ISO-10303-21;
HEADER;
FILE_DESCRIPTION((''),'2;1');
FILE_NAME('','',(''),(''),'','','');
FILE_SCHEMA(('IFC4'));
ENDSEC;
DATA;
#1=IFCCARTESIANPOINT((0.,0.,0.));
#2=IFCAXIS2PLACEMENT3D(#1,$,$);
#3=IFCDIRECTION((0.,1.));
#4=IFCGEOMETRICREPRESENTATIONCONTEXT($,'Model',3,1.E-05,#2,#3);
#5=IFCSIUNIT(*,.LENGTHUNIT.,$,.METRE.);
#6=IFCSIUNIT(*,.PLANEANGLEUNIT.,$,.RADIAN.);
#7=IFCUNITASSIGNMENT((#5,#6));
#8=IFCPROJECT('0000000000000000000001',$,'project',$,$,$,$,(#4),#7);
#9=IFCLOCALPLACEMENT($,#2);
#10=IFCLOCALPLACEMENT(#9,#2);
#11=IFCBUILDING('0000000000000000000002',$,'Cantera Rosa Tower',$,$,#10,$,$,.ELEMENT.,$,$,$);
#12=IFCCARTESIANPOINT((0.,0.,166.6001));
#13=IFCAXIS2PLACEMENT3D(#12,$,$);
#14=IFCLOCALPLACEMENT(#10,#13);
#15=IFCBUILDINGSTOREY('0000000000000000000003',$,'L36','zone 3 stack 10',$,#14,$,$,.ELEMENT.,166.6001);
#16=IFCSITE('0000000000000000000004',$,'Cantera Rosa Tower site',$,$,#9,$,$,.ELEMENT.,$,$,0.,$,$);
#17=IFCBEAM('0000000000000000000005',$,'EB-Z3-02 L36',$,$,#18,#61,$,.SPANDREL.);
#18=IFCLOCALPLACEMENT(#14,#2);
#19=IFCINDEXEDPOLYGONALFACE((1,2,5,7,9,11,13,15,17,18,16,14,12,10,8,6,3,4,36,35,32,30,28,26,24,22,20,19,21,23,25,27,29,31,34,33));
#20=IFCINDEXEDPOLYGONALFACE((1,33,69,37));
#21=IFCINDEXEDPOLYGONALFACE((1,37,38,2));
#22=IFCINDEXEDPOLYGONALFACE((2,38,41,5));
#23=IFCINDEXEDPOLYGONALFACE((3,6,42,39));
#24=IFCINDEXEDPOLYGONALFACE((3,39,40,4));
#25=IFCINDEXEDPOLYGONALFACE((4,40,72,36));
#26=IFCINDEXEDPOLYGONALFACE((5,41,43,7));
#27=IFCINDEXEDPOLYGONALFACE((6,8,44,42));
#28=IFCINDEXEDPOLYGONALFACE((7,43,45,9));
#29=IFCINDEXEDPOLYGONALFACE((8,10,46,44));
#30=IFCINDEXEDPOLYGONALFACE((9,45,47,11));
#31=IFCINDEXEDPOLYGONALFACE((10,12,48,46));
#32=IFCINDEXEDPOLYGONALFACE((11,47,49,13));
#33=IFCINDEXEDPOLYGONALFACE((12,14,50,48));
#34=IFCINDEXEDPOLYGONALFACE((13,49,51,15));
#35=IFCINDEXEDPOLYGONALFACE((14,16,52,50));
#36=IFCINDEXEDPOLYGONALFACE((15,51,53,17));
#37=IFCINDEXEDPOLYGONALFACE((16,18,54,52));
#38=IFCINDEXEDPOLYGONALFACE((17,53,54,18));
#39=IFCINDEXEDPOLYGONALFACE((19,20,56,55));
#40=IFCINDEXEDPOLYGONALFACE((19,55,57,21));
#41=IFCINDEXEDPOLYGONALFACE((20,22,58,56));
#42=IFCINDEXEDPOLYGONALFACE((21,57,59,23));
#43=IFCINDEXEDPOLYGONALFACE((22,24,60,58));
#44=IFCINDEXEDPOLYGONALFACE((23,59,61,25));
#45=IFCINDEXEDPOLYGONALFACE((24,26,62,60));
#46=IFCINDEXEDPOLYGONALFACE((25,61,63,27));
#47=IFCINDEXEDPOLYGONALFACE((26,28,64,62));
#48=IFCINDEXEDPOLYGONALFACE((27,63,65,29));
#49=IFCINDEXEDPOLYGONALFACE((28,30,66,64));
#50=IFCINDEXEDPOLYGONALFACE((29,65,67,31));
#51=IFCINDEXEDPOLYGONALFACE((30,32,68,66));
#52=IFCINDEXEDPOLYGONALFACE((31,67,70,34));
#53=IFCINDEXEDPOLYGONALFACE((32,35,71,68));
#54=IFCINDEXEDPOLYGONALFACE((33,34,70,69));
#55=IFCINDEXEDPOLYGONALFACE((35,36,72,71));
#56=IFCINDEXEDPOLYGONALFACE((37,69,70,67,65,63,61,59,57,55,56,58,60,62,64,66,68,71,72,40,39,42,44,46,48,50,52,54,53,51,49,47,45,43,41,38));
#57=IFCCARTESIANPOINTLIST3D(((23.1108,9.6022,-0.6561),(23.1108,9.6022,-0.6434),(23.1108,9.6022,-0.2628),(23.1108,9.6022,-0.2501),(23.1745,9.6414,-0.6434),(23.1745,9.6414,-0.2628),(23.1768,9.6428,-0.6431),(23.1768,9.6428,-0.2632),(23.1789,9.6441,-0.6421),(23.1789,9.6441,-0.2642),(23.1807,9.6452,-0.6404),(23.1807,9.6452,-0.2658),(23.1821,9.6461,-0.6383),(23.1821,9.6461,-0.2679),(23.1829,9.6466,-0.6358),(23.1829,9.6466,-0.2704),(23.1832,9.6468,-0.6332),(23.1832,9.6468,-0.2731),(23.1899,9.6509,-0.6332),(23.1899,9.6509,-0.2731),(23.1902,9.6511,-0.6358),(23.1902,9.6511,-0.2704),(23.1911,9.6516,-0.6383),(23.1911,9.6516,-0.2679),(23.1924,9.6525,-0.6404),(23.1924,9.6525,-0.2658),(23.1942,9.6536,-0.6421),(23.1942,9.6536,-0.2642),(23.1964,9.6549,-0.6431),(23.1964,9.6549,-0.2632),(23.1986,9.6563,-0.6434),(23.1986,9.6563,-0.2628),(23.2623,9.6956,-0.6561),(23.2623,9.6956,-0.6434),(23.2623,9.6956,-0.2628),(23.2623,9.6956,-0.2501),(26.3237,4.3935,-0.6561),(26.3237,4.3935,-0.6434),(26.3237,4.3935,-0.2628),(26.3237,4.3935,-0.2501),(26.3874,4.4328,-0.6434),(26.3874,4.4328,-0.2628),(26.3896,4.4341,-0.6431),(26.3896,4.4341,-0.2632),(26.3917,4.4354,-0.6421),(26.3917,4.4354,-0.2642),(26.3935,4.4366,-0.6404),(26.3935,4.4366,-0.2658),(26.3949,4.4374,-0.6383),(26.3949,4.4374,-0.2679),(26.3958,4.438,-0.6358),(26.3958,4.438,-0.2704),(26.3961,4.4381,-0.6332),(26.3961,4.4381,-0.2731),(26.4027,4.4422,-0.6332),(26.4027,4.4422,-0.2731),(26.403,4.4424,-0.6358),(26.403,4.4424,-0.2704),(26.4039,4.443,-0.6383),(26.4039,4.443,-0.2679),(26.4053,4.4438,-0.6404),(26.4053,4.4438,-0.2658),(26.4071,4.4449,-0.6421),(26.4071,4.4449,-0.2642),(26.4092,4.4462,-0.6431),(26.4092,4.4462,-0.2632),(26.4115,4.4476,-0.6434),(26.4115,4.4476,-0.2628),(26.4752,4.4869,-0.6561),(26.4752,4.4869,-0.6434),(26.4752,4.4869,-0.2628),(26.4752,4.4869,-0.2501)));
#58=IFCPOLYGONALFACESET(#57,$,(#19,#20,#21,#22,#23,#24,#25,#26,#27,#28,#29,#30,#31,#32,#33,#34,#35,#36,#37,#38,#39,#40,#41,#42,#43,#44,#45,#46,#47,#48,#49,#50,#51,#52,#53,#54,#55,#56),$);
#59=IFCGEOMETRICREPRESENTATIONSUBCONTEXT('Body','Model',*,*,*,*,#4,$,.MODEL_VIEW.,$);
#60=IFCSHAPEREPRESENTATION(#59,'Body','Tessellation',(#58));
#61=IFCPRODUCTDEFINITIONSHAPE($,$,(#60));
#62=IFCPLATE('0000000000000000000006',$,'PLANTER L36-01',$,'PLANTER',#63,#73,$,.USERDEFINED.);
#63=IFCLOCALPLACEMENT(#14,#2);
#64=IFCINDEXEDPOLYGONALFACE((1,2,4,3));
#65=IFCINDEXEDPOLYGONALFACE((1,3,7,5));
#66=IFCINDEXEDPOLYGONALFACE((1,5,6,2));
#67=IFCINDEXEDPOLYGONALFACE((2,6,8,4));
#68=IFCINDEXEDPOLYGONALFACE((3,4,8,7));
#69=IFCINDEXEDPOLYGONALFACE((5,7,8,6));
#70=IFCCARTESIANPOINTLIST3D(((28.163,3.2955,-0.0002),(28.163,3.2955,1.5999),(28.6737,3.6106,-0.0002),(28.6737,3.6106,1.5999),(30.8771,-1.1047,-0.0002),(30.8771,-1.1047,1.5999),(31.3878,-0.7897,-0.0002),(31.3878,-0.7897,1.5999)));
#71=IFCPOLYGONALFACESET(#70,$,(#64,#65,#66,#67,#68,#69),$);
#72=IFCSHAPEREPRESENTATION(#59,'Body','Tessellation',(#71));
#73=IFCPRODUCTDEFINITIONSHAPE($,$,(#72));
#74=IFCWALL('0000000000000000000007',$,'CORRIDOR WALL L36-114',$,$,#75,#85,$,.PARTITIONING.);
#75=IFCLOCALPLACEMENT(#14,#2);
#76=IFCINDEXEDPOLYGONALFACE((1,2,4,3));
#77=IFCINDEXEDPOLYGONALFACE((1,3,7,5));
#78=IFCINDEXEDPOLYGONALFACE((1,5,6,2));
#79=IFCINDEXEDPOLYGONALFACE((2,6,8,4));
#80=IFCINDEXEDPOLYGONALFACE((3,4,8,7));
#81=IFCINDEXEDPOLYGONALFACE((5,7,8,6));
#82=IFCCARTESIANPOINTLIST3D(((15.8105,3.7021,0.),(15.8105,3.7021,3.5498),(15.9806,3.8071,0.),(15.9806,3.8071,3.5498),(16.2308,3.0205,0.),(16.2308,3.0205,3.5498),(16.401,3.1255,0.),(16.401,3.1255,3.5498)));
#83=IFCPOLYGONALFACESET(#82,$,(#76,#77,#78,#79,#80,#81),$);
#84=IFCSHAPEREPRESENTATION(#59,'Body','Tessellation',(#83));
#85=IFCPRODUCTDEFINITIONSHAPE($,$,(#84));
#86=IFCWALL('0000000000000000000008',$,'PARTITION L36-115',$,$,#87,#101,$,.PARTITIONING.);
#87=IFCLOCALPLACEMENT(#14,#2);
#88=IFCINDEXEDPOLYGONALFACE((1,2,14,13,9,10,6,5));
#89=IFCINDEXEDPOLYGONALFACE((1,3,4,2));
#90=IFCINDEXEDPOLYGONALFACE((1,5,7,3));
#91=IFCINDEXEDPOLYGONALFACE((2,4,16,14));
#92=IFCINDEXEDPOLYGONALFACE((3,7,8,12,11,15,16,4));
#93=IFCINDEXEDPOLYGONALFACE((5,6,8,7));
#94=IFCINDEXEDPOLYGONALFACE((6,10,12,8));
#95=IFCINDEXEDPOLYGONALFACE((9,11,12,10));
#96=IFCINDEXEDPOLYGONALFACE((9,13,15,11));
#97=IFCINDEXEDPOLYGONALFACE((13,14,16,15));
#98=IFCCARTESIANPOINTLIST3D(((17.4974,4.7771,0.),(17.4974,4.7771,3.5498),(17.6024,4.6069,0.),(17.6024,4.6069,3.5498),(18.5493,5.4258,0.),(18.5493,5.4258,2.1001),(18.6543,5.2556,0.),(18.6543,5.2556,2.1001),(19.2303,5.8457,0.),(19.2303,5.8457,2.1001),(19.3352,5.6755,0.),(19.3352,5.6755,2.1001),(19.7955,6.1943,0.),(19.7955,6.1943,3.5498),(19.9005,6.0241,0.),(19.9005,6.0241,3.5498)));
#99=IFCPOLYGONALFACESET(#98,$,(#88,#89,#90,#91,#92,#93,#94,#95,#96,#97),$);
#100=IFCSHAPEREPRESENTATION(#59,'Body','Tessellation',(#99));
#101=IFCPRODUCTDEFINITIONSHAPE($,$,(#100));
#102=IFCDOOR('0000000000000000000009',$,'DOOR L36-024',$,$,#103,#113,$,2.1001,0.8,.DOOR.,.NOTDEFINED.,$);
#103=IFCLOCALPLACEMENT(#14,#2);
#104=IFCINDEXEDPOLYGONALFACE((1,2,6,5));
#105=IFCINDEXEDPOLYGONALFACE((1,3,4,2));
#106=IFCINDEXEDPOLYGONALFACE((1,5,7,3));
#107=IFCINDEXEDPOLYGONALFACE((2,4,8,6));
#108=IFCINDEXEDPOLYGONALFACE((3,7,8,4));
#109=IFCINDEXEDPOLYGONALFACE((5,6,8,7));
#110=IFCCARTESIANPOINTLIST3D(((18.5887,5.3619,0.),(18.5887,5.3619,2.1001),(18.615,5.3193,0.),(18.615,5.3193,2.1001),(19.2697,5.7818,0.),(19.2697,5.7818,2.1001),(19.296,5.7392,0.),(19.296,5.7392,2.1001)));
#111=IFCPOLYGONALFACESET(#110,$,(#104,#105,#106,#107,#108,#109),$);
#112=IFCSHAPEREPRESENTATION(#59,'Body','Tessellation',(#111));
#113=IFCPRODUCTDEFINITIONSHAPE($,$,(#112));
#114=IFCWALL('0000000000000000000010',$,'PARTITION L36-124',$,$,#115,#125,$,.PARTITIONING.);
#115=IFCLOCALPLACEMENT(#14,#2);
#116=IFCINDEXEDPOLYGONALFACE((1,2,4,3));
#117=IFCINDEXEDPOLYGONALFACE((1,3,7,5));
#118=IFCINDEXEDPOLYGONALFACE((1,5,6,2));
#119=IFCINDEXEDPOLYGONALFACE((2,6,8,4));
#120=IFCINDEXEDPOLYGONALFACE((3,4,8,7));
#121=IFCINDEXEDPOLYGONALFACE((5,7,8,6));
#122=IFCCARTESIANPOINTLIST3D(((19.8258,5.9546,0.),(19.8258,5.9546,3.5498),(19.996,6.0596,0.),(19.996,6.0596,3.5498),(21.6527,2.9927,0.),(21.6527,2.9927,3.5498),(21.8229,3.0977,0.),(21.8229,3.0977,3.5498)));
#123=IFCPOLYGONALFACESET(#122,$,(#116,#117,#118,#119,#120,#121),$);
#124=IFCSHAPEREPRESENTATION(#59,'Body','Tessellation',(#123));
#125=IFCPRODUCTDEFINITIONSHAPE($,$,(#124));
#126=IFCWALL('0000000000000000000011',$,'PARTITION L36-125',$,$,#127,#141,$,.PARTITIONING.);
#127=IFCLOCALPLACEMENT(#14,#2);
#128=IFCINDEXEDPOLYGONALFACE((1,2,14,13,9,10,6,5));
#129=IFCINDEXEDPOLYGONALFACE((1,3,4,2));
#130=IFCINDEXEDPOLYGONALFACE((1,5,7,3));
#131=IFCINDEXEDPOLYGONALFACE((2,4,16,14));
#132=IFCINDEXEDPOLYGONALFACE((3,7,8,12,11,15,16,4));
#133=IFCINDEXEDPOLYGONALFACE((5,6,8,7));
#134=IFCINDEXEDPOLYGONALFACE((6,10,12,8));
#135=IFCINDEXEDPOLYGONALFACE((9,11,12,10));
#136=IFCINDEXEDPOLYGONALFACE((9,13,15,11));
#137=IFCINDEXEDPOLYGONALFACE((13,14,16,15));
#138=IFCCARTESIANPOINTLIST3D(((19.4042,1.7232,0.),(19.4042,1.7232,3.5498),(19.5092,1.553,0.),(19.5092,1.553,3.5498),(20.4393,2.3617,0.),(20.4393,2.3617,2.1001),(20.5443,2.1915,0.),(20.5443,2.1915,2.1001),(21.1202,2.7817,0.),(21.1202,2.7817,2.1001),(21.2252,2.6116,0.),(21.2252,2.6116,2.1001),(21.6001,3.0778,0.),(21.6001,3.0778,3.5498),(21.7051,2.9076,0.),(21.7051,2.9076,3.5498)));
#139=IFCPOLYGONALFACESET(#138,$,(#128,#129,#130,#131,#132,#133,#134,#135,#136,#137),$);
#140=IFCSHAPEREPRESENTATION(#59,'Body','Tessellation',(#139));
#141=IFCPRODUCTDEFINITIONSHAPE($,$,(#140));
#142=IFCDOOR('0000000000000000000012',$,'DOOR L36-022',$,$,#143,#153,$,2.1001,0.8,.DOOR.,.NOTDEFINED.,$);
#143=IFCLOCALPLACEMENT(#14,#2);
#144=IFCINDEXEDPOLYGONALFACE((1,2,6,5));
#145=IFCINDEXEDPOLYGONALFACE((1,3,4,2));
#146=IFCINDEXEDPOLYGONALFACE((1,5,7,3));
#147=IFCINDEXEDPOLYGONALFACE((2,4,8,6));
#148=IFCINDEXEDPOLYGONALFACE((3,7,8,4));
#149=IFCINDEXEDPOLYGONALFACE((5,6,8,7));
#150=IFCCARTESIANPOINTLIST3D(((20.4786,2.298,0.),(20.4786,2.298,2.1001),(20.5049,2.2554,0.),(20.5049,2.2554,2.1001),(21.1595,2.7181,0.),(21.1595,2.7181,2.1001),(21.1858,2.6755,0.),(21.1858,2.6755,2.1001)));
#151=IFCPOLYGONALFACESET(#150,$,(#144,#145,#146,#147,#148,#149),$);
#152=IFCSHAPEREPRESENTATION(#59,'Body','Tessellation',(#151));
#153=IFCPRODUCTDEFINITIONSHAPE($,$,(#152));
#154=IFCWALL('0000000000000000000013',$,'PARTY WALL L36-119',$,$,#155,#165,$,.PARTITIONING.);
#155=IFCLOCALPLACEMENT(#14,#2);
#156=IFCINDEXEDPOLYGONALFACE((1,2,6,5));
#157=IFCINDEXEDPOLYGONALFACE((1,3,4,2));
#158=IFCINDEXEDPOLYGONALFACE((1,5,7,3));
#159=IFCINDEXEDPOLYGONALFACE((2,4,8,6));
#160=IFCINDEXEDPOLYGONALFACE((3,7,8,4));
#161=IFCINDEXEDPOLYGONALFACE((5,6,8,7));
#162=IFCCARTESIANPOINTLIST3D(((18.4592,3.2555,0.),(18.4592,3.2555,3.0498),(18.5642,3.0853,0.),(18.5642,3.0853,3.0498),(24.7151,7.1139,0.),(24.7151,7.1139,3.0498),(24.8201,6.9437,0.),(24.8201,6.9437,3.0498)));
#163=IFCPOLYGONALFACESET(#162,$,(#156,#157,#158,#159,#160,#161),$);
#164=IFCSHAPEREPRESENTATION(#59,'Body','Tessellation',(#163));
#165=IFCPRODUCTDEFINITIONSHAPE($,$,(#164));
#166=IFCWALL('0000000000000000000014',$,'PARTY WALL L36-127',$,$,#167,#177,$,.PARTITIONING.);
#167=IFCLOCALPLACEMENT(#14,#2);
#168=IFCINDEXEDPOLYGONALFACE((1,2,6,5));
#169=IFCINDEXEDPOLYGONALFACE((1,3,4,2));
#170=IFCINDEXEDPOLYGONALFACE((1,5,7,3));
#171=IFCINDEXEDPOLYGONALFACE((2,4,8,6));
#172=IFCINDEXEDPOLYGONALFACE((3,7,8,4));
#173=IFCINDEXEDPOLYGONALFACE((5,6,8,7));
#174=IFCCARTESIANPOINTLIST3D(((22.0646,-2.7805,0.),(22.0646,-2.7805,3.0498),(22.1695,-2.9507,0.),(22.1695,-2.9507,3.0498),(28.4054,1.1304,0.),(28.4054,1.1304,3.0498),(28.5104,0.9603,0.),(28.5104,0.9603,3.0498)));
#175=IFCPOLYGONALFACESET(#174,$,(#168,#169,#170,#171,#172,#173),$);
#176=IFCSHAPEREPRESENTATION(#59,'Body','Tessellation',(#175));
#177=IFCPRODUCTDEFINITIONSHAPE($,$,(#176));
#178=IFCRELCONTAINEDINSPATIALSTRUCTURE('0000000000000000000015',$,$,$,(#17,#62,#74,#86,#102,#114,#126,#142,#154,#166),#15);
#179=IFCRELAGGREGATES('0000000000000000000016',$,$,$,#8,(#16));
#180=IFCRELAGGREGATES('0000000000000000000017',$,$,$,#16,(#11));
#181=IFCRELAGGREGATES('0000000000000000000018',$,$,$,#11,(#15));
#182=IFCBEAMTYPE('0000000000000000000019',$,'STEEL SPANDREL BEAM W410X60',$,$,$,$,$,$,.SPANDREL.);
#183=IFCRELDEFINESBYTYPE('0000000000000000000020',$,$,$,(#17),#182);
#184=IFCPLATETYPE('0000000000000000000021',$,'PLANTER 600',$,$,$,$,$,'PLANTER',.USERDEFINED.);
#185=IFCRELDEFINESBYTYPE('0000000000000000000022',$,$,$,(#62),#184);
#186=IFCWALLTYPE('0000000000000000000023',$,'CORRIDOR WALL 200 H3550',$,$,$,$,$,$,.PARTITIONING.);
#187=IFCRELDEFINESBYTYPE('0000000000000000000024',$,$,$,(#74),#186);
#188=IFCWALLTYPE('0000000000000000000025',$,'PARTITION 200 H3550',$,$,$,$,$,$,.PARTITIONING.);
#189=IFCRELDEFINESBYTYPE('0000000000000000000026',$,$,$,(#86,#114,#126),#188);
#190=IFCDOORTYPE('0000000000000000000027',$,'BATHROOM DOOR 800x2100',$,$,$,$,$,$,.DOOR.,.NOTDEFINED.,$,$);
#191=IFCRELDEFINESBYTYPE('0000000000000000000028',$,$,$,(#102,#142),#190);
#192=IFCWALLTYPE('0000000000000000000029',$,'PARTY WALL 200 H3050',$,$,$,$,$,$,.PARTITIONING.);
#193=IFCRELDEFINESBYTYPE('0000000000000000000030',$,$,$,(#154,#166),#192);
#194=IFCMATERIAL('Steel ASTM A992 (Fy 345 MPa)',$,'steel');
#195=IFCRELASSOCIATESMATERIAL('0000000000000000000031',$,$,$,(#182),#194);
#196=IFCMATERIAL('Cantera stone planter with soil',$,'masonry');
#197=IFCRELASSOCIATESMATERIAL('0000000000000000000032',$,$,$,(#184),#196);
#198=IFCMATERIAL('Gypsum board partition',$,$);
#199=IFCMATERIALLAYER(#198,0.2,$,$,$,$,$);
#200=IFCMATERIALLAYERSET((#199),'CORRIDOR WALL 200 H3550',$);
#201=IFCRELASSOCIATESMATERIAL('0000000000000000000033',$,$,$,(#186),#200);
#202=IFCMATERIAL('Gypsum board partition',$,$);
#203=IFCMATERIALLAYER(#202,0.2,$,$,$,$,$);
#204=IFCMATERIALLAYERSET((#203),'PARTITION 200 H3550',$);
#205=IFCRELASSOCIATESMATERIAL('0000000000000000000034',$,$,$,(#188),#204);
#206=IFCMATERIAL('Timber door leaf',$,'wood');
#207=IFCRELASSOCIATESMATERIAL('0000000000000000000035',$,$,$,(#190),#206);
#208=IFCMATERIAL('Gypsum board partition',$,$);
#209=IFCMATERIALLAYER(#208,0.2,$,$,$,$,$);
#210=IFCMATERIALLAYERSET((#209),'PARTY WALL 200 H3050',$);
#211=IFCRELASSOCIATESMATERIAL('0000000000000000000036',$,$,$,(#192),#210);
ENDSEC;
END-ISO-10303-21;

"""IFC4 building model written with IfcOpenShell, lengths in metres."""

from ifc_helpers import new_model, si_unit, direction, frame, frame_2d, origin, origin_2d, place, context, subcontext, project, spatial, rectangle, i_section, extrude, material, layer, layer_set, material_profile, profile_set, type_object, element, fill, save


model = new_model("IFC4")

# Units and contexts
model_context = context("Model", 3, precision=1e-05, world=origin(), true_north=direction((0.0, 1.0)))
body_context = subcontext(model_context, "Body", "Model", "MODEL_VIEW")
ifc_project = project(units=[si_unit("LENGTHUNIT", "METRE"), si_unit("PLANEANGLEUNIT", "RADIAN")], contexts=[model_context])

# Site, building, storey
site_placement = place(None, origin())
site = spatial("IfcSite", under=ifc_project, at=site_placement, Name="Cantera Rosa Tower site", CompositionType="ELEMENT", RefElevation=0.0)
building_placement = place(site_placement, origin())
building = spatial("IfcBuilding", under=site, at=building_placement, Name="Cantera Rosa Tower", CompositionType="ELEMENT")
storey_placement = place(building_placement, frame((0.0, 0.0, 166.6001)))
storey = spatial("IfcBuildingStorey", under=building, at=storey_placement, Name="L36", Description="zone 3 stack 10", CompositionType="ELEMENT", Elevation=166.6001)

# Beam
ifc_material_1 = material(Name="Steel ASTM A992 (Fy 345 MPa)", Category="steel")
ifc_material_profile_1 = material_profile(ifc_material_1, i_section(OverallWidth=0.178, OverallDepth=0.406, WebThickness=0.0078, FlangeThickness=0.0127, FilletRadius=0.0103, at=origin_2d()), Name="W410X60")
ifc_profile_set_1 = profile_set([ifc_material_profile_1], Name="Steel ASTM A992 (Fy 345 MPa)")
beam_type_1 = type_object("IfcBeamType", Name="STEEL SPANDREL BEAM W410X60", PredefinedType="SPANDREL", material=ifc_profile_set_1)
beam_1_placement = place(storey_placement, frame((26.3994, 4.4402, -0.4531), z_axis=(-0.524987, 0.85111, 0.0), x_axis=(-0.85111, -0.524987, 0.0)))
element("IfcBeam", 1, at=beam_1_placement, inside=storey, type_object=beam_type_1, Name="EB-Z3-02 L36", PredefinedType="SPANDREL", context=body_context, shape_type="SweptSolid", body=[
    extrude(i_section(OverallWidth=0.178, OverallDepth=0.406, WebThickness=0.0078, FlangeThickness=0.0127, FilletRadius=0.0103, at=origin_2d()), origin(), (0.0, 0.0, 1.0), 6.1199),
])

# Plate
ifc_material_2 = material(Name="Cantera stone planter with soil", Category="masonry")
plate_type = type_object("IfcPlateType", Name="PLANTER 600", ElementType="PLANTER", PredefinedType="USERDEFINED", material=ifc_material_2)
plate_placement = place(storey_placement, frame((29.7754, 1.2529, -0.0002), z_axis=(0.0, 0.0, 1.0), x_axis=(-0.524977, 0.851117, 0.0)))
element("IfcPlate", 2, at=plate_placement, inside=storey, type_object=plate_type, Name="PLANTER L36-01", ObjectType="PLANTER", PredefinedType="USERDEFINED", context=body_context, shape_type="SweptSolid", body=[
    extrude(rectangle(XDim=5.1699, YDim=0.6001, at=origin_2d()), origin(), (0.0, 0.0, 1.0), 1.6001),
])

# Wall
ifc_material_3 = material(Name="Gypsum board partition")
ifc_layer_1 = layer(ifc_material_3, 0.2)
ifc_layer_set_1 = layer_set([ifc_layer_1], Name="CORRIDOR WALL 200 H3550")
wall_type_1 = type_object("IfcWallType", Name="CORRIDOR WALL 200 H3550", PredefinedType="PARTITIONING", material=ifc_layer_set_1)
wall_1_placement = place(storey_placement, frame((16.3159, 3.073, 0.0), z_axis=(0.0, 0.0, 1.0), x_axis=(-0.524948, 0.851135, 0.0)))
element("IfcWall", 3, at=wall_1_placement, inside=storey, type_object=wall_type_1, Name="CORRIDOR WALL L36-114", PredefinedType="PARTITIONING", context=body_context, shape_type="SweptSolid", body=[
    extrude(rectangle(XDim=0.8008, YDim=0.2, at=frame_2d((0.4004, 0.0))), origin(), (0.0, 0.0, 1.0), 3.5498),
])

# Wall, opening, door
ifc_material_4 = material(Name="Gypsum board partition")
ifc_layer_2 = layer(ifc_material_4, 0.2)
ifc_layer_set_2 = layer_set([ifc_layer_2], Name="PARTITION 200 H3550")
wall_type_2 = type_object("IfcWallType", Name="PARTITION 200 H3550", PredefinedType="PARTITIONING", material=ifc_layer_set_2)
wall_2_placement = place(storey_placement, frame((17.5498, 4.6919, 0.0), z_axis=(0.0, 0.0, 1.0), x_axis=(0.851158, 0.524909, 0.0)))
wall_2 = element("IfcWall", 4, at=wall_2_placement, inside=storey, type_object=wall_type_2, Name="PARTITION L36-115", PredefinedType="PARTITIONING", context=body_context, shape_type="SweptSolid", body=[
    extrude(rectangle(XDim=2.7, YDim=0.2, at=frame_2d((1.3501, 0.0))), origin(), (0.0, 0.0, 1.0), 3.5498),
])
opening_1_placement = place(wall_2_placement, frame((1.2361, 0.0, 0.0)))
opening_1 = element("IfcOpeningElement", 5, at=opening_1_placement, cuts=wall_2, PredefinedType="OPENING", context=body_context, shape_type="SweptSolid", body=[
    extrude(rectangle(XDim=0.8, YDim=2.1001, at=frame_2d((0.3999, 1.05))), frame((0.0, 0.1099, 0.0), z_axis=(0.0, -1.0, 0.0), x_axis=(1.0, 0.0, 0.0)), (0.0, 0.0, 1.0), 0.22),
])
ifc_material_5 = material(Name="Timber door leaf", Category="wood")
door_type_1 = type_object("IfcDoorType", Name="BATHROOM DOOR 800x2100", OperationType="NOTDEFINED", PredefinedType="DOOR", material=ifc_material_5)
door_1_placement = place(opening_1_placement, origin())
door_1 = element("IfcDoor", 6, at=door_1_placement, inside=storey, type_object=door_type_1, Name="DOOR L36-024", OperationType="NOTDEFINED", OverallHeight=2.1001, OverallWidth=0.8, PredefinedType="DOOR", context=body_context, shape_type="SweptSolid", body=[
    extrude(rectangle(XDim=0.8, YDim=2.1001, at=frame_2d((0.3999, 1.05))), frame((0.0, 0.0249, 0.0), z_axis=(0.0, -1.0, 0.0), x_axis=(1.0, 0.0, 0.0)), (0.0, 0.0, 1.0), 0.05),
])
fill(opening_1, door_1)

# Wall
wall_3_placement = place(storey_placement, frame((19.9109, 6.0071, 0.0), z_axis=(0.0, 0.0, 1.0), x_axis=(0.52497, -0.851121, 0.0)))
element("IfcWall", 7, at=wall_3_placement, inside=storey, type_object=wall_type_2, Name="PARTITION L36-124", PredefinedType="PARTITIONING", context=body_context, shape_type="SweptSolid", body=[
    extrude(rectangle(XDim=3.48, YDim=0.2, at=frame_2d((1.74, 0.0))), origin(), (0.0, 0.0, 1.0), 3.5498),
])

# Wall, opening, door
wall_4_placement = place(storey_placement, frame((21.6526, 2.9927, 0.0), z_axis=(0.0, 0.0, 1.0), x_axis=(-0.851099, -0.525005, 0.0)))
wall_4 = element("IfcWall", 8, at=wall_4_placement, inside=storey, type_object=wall_type_2, Name="PARTITION L36-125", PredefinedType="PARTITIONING", context=body_context, shape_type="SweptSolid", body=[
    extrude(rectangle(XDim=2.5801, YDim=0.2, at=frame_2d((1.29, 0.0))), origin(), (0.0, 0.0, 1.0), 3.5498),
])
opening_2_placement = place(wall_4_placement, frame((0.564, 0.0, 0.0)))
opening_2 = element("IfcOpeningElement", 9, at=opening_2_placement, cuts=wall_4, PredefinedType="OPENING", context=body_context, shape_type="SweptSolid", body=[
    extrude(rectangle(XDim=0.8, YDim=2.1001, at=frame_2d((0.3999, 1.05))), frame((0.0, 0.1099, 0.0), z_axis=(0.0, -1.0, 0.0), x_axis=(1.0, 0.0, 0.0)), (0.0, 0.0, 1.0), 0.22),
])
door_2_placement = place(opening_2_placement, origin())
door_2 = element("IfcDoor", 10, at=door_2_placement, inside=storey, type_object=door_type_1, Name="DOOR L36-022", OperationType="NOTDEFINED", OverallHeight=2.1001, OverallWidth=0.8, PredefinedType="DOOR", context=body_context, shape_type="SweptSolid", body=[
    extrude(rectangle(XDim=0.8, YDim=2.1001, at=frame_2d((0.3999, 1.05))), frame((0.0, 0.0249, 0.0), z_axis=(0.0, -1.0, 0.0), x_axis=(1.0, 0.0, 0.0)), (0.0, 0.0, 1.0), 0.05),
])
fill(opening_2, door_2)

# Walls
ifc_material_6 = material(Name="Gypsum board partition")
ifc_layer_3 = layer(ifc_material_6, 0.2)
ifc_layer_set_3 = layer_set([ifc_layer_3], Name="PARTY WALL 200 H3050")
wall_type_3 = type_object("IfcWallType", Name="PARTY WALL 200 H3050", PredefinedType="PARTITIONING", material=ifc_layer_set_3)
wall_5_placement = place(storey_placement, frame((18.5117, 3.1704, 0.0), z_axis=(0.0, 0.0, 1.0), x_axis=(0.851133, 0.52495, 0.0)))
element("IfcWall", 11, at=wall_5_placement, inside=storey, type_object=wall_type_3, Name="PARTY WALL L36-119", PredefinedType="PARTITIONING", context=body_context, shape_type="SweptSolid", body=[
    extrude(rectangle(XDim=7.3501, YDim=0.2, at=frame_2d((3.675, 0.0))), origin(), (0.0, 0.0, 1.0), 3.0498),
])
wall_6_placement = place(storey_placement, frame((28.458, 1.0454, 0.0), z_axis=(0.0, 0.0, 1.0), x_axis=(-0.851128, -0.524958, 0.0)))
element("IfcWall", 12, at=wall_6_placement, inside=storey, type_object=wall_type_3, Name="PARTY WALL L36-127", PredefinedType="PARTITIONING", context=body_context, shape_type="SweptSolid", body=[
    extrude(rectangle(XDim=7.45, YDim=0.2, at=frame_2d((3.7251, 0.0))), origin(), (0.0, 0.0, 1.0), 3.0498),
])

save(model, "model.ifc")
